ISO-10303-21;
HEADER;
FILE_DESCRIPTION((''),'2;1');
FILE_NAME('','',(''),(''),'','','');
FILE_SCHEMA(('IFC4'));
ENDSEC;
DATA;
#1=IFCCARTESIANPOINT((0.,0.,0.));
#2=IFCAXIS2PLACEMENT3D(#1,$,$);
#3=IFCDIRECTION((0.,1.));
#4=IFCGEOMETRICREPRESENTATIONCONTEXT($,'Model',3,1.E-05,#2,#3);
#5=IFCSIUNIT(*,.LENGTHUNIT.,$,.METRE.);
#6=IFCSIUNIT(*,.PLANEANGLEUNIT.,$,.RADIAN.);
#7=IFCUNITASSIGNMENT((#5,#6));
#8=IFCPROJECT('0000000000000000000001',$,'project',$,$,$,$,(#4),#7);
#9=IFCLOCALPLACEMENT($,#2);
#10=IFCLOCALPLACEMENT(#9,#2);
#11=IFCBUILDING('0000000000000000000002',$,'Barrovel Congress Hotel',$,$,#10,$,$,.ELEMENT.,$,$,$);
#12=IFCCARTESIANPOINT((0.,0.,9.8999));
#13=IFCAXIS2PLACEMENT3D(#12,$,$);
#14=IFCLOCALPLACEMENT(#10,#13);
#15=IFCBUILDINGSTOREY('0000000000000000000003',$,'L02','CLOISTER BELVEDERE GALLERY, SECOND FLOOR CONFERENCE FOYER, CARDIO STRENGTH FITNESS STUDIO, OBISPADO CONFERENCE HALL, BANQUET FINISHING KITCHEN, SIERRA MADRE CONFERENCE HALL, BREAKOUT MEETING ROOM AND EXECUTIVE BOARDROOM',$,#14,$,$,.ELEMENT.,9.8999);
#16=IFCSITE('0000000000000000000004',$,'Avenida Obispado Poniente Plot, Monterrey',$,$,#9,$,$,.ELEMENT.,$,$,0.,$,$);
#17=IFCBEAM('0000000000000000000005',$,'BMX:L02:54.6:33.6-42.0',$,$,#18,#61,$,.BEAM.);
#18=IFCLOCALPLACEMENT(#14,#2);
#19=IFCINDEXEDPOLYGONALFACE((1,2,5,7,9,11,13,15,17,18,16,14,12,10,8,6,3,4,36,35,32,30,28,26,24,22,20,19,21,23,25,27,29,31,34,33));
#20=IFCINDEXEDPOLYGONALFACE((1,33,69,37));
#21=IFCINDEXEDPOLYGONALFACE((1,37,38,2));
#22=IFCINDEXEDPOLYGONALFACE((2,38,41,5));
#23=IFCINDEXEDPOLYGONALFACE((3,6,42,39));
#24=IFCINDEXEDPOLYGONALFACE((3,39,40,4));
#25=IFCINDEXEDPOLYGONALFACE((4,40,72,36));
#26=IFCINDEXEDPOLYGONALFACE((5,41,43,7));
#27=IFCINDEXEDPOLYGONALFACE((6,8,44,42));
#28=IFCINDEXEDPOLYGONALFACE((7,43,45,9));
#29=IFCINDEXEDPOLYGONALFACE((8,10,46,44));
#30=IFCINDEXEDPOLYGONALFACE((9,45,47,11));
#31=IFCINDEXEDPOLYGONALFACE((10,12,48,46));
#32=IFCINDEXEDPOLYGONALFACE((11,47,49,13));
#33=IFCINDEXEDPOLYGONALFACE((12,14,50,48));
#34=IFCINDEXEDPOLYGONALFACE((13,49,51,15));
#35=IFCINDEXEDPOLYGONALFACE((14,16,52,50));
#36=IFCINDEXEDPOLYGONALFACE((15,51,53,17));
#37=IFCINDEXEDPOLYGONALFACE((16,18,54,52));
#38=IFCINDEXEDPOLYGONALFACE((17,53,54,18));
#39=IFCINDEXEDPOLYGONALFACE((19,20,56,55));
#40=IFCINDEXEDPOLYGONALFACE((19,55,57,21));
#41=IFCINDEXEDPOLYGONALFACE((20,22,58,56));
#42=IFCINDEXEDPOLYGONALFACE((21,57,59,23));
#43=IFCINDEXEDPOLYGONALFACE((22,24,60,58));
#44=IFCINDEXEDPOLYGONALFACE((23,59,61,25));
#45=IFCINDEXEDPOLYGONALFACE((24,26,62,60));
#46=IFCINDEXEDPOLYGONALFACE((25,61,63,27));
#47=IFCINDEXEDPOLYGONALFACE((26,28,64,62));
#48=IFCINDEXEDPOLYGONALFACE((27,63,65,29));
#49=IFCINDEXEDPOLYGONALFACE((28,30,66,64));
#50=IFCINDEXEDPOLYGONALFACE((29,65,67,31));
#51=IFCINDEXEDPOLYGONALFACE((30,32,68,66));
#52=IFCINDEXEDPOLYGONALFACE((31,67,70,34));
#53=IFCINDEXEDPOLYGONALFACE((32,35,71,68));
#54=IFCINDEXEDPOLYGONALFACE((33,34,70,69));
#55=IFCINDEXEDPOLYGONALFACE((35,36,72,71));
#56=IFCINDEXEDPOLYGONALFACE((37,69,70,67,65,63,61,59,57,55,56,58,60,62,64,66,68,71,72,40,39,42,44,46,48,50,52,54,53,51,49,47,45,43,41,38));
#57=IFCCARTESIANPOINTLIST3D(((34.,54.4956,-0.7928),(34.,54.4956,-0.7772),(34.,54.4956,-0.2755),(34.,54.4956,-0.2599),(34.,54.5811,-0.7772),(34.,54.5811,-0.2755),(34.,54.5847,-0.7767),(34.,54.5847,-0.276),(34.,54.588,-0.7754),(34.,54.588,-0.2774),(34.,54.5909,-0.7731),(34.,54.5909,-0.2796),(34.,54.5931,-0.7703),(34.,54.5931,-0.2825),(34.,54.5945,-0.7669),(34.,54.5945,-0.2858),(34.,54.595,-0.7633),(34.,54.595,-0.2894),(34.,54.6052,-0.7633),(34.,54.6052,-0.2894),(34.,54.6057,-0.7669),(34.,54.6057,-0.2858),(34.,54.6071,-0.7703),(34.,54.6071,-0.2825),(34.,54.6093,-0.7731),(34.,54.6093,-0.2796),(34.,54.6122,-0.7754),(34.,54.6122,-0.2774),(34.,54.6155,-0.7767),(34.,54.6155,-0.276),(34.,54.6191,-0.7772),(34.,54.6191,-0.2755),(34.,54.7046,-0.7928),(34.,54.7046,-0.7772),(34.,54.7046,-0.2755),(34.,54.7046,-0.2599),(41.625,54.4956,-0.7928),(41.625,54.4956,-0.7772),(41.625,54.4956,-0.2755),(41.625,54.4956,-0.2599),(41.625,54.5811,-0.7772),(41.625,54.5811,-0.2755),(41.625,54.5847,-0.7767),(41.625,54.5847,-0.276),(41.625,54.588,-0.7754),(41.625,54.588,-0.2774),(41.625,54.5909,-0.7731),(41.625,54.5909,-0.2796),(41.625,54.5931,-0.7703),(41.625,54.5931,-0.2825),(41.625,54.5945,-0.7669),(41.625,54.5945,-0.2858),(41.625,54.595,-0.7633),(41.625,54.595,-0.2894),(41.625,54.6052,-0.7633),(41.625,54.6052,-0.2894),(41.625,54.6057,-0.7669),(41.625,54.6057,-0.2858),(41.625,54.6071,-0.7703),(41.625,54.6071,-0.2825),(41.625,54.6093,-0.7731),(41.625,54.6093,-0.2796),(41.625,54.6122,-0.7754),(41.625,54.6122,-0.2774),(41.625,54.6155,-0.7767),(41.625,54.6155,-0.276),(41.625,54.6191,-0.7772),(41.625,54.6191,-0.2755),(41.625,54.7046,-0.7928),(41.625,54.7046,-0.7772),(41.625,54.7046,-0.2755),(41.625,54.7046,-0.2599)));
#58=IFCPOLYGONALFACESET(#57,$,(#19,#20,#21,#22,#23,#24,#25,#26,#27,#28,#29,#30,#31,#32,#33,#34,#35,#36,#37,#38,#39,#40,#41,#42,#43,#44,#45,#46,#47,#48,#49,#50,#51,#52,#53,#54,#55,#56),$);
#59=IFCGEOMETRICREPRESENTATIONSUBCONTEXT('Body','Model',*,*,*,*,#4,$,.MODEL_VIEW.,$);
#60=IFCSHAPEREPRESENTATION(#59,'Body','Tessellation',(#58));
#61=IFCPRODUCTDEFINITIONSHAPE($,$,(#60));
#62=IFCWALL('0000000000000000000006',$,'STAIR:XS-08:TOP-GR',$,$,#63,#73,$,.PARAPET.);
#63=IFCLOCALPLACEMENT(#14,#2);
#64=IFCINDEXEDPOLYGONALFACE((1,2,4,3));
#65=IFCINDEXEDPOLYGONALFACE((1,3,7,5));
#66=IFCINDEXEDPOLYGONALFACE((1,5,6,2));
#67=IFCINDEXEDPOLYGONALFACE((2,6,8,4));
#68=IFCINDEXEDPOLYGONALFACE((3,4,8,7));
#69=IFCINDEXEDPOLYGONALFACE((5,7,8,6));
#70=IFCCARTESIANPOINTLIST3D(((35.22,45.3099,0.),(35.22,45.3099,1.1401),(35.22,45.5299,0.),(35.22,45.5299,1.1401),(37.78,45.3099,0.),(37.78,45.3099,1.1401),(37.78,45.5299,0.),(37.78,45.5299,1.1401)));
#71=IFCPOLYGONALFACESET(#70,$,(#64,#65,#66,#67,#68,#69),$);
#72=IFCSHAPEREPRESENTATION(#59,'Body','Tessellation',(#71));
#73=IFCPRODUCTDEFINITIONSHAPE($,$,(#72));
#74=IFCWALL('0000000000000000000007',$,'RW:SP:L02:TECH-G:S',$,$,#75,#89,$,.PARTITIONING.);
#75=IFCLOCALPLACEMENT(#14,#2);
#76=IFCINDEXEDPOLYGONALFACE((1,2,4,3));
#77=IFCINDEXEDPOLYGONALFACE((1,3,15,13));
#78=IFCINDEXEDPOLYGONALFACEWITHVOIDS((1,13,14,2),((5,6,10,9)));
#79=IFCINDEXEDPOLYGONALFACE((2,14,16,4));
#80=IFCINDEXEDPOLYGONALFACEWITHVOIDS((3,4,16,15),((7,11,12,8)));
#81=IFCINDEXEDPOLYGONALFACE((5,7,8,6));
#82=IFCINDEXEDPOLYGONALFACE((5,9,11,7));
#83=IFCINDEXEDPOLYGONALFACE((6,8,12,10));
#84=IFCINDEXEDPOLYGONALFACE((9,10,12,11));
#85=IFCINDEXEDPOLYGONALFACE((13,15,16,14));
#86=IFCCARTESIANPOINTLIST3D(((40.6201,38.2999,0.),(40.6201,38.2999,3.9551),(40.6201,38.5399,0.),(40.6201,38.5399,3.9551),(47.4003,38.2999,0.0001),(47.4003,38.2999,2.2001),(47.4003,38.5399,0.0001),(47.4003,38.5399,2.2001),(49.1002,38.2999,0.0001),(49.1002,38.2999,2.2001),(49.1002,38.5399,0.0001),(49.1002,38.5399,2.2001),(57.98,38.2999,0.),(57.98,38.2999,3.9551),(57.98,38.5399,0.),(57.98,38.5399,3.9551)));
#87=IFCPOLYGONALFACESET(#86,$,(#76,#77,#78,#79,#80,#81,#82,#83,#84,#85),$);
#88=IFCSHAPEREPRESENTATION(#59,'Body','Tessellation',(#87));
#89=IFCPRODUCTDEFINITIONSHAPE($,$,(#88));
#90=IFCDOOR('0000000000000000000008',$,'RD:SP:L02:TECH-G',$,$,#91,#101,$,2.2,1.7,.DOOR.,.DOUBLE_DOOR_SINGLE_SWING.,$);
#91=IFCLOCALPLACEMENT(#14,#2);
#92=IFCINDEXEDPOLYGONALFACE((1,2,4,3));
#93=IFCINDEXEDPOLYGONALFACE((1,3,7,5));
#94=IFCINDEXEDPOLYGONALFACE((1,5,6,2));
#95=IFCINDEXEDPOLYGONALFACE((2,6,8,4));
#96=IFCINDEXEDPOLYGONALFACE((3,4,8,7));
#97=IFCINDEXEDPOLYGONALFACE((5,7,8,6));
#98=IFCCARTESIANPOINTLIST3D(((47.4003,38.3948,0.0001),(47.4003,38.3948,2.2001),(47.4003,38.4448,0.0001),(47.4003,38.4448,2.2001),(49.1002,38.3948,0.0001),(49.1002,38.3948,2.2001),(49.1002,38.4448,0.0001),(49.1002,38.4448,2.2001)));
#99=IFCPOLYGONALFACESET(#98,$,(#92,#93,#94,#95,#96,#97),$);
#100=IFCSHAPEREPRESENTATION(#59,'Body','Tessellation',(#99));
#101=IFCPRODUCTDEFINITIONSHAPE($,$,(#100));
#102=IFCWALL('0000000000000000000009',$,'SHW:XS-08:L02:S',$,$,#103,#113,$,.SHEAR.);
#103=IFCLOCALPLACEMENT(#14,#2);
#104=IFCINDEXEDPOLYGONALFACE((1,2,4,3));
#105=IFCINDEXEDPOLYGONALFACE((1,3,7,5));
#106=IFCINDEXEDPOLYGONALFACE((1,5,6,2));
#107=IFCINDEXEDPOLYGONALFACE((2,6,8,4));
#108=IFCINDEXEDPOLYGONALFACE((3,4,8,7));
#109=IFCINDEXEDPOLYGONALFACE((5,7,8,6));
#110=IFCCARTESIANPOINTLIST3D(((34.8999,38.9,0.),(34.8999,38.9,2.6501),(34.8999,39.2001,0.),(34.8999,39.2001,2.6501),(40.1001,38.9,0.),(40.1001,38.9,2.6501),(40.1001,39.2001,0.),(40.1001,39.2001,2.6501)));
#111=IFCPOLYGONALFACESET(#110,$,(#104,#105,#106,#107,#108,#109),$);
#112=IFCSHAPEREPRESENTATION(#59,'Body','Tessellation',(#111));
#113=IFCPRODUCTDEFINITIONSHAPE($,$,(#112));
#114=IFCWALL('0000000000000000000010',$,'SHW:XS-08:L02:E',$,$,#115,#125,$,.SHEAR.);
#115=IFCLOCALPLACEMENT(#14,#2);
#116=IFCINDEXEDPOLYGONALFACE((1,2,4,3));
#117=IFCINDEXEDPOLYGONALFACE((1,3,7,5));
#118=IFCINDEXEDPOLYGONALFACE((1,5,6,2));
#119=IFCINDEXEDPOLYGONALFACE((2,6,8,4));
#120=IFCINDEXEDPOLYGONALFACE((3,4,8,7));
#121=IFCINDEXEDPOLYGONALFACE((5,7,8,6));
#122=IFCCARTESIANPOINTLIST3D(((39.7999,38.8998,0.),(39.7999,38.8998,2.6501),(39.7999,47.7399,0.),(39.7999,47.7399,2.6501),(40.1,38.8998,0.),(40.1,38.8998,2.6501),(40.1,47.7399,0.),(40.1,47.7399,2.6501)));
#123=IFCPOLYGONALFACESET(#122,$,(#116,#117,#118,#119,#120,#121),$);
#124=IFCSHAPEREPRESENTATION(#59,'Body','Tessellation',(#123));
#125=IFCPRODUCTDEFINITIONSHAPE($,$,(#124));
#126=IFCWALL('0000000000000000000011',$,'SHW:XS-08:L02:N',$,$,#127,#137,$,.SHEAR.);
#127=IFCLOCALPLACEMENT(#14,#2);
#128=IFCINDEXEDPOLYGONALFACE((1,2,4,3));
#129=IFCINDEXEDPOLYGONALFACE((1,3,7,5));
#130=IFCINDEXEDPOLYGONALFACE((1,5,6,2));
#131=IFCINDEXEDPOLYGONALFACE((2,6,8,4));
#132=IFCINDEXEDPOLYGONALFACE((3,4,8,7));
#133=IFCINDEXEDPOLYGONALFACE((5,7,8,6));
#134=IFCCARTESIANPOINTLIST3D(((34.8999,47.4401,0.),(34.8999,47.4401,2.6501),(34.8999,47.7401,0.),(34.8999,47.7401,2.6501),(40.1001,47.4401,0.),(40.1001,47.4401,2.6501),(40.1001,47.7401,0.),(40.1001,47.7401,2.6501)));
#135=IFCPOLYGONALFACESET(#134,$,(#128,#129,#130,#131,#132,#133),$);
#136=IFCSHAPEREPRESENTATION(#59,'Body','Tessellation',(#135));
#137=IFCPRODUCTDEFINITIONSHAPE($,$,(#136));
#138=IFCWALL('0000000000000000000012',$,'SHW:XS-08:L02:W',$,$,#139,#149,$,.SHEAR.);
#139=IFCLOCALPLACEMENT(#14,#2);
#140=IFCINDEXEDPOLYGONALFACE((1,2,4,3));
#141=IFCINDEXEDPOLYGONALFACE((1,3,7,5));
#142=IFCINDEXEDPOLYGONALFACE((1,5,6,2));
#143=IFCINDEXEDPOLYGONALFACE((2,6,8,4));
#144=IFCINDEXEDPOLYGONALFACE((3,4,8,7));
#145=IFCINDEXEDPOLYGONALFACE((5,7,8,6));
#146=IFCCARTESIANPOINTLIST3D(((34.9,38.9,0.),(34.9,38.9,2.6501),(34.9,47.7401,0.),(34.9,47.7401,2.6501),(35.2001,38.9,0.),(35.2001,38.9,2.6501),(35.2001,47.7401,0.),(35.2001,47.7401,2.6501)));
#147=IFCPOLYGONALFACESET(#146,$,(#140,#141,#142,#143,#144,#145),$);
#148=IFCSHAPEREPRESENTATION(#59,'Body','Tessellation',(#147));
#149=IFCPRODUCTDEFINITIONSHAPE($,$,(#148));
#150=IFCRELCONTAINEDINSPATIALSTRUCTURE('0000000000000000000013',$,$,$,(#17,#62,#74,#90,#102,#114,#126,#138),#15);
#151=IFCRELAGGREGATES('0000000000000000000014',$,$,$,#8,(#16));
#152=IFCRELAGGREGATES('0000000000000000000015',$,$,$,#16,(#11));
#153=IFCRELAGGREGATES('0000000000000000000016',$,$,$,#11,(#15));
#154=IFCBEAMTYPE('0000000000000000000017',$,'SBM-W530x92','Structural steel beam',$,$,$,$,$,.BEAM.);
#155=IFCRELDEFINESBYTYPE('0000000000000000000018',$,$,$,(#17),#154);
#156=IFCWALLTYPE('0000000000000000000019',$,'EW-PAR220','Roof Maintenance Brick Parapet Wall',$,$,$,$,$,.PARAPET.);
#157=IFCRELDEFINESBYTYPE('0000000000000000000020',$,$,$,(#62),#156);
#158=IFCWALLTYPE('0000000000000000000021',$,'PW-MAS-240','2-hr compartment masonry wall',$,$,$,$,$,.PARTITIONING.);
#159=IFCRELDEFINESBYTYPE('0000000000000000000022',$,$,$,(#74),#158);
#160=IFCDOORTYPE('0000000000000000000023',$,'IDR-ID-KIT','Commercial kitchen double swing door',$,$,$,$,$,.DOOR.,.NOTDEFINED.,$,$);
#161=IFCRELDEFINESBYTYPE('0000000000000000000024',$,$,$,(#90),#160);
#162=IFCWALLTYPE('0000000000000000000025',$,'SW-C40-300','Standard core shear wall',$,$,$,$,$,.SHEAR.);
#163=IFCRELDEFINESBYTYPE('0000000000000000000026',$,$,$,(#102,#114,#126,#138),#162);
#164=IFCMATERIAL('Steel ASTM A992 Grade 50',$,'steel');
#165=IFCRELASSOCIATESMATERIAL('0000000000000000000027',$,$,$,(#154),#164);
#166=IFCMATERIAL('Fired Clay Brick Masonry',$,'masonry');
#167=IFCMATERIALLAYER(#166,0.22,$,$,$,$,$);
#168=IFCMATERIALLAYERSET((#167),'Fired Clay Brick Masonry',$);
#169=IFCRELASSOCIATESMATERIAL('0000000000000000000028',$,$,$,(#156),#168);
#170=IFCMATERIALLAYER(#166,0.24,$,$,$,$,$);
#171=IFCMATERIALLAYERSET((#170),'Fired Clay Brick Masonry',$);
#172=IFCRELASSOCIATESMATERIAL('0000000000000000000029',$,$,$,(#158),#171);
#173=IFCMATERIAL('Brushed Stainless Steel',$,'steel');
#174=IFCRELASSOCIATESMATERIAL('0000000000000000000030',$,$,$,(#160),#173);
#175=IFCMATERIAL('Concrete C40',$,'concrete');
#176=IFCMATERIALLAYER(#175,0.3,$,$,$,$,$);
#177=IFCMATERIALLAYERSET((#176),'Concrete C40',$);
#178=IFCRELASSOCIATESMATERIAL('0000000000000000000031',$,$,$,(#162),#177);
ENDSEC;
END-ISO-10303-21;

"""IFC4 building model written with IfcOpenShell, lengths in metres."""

from ifc_helpers import new_model, si_unit, direction, frame, frame_2d, origin, origin_2d, place, context, subcontext, project, spatial, rectangle, i_section, extrude, material, layer, layer_set, material_profile, profile_set, type_object, element, fill, save


model = new_model("IFC4")

# Units and contexts
model_context = context("Model", 3, precision=1e-05, world=origin(), true_north=direction((0.0, 1.0)))
body_context = subcontext(model_context, "Body", "Model", "MODEL_VIEW")
ifc_project = project(units=[si_unit("LENGTHUNIT", "METRE"), si_unit("PLANEANGLEUNIT", "RADIAN")], contexts=[model_context])

# Site, building, storey
site_placement = place(None, origin())
site = spatial("IfcSite", under=ifc_project, at=site_placement, Name="Avenida Obispado Poniente Plot, Monterrey", CompositionType="ELEMENT", RefElevation=0.0)
building_placement = place(site_placement, origin())
building = spatial("IfcBuilding", under=site, at=building_placement, Name="Barrovel Congress Hotel", CompositionType="ELEMENT")
storey_placement = place(building_placement, frame((0.0, 0.0, 9.8999)))
storey = spatial("IfcBuildingStorey", under=building, at=storey_placement, Name="L02", Description="CLOISTER BELVEDERE GALLERY, SECOND FLOOR CONFERENCE FOYER, CARDIO STRENGTH FITNESS STUDIO, OBISPADO CONFERENCE HALL, BANQUET FINISHING KITCHEN, SIERRA MADRE CONFERENCE HALL, BREAKOUT MEETING ROOM AND EXECUTIVE BOARDROOM", CompositionType="ELEMENT", Elevation=9.8999)

# Shared definitions
ifc_material_1 = material(Name="Concrete C40", Category="concrete")

# Beam
ifc_material_2 = material(Name="Steel ASTM A992 Grade 50", Category="steel")
ifc_material_profile_1 = material_profile(ifc_material_2, i_section(OverallWidth=0.209, OverallDepth=0.533, WebThickness=0.0103, FlangeThickness=0.0156, FilletRadius=0.0139, at=origin_2d()), Name="W530x92")
ifc_profile_set_1 = profile_set([ifc_material_profile_1], Name="Steel ASTM A992 Grade 50")
beam_type_1 = type_object("IfcBeamType", Name="SBM-W530x92", Description="Structural steel beam", PredefinedType="BEAM", material=ifc_profile_set_1)
beam_1_placement = place(storey_placement, frame((34.0, 54.6001, -0.5264), z_axis=(1.0, 0.0, 0.0), x_axis=(0.0, 1.0, 0.0)))
element("IfcBeam", 1, at=beam_1_placement, inside=storey, type_object=beam_type_1, Name="BMX:L02:54.6:33.6-42.0", PredefinedType="BEAM", context=body_context, shape_type="SweptSolid", body=[
    extrude(i_section(OverallWidth=0.209, OverallDepth=0.533, WebThickness=0.0103, FlangeThickness=0.0156, FilletRadius=0.0139, at=origin_2d()), origin(), (0.0, 0.0, 1.0), 7.625),
])

# Wall
ifc_material_3 = material(Name="Fired Clay Brick Masonry", Category="masonry")
ifc_layer_1 = layer(ifc_material_3, 0.22)
ifc_layer_set_1 = layer_set([ifc_layer_1], Name="Fired Clay Brick Masonry")
wall_type_1 = type_object("IfcWallType", Name="EW-PAR220", Description="Roof Maintenance Brick Parapet Wall", PredefinedType="PARAPET", material=ifc_layer_set_1)
wall_1_placement = place(storey_placement, frame((35.22, 45.4199, 0.0), z_axis=(0.0, 0.0, 1.0), x_axis=(1.0, 0.0, 0.0)))
element("IfcWall", 2, at=wall_1_placement, inside=storey, type_object=wall_type_1, Name="STAIR:XS-08:TOP-GR", PredefinedType="PARAPET", context=body_context, shape_type="SweptSolid", body=[
    extrude(rectangle(XDim=2.5601, YDim=0.22, at=frame_2d((1.28, 0.0))), origin(), (0.0, 0.0, 1.0), 1.1401),
])

# Wall, opening, door
ifc_layer_2 = layer(ifc_material_3, 0.24)
ifc_layer_set_2 = layer_set([ifc_layer_2], Name="Fired Clay Brick Masonry")
wall_type_2 = type_object("IfcWallType", Name="PW-MAS-240", Description="2-hr compartment masonry wall", PredefinedType="PARTITIONING", material=ifc_layer_set_2)
wall_2_placement = place(storey_placement, frame((40.6201, 38.4199, 0.0), z_axis=(0.0, 0.0, 1.0), x_axis=(1.0, 0.0, 0.0)))
wall_2 = element("IfcWall", 3, at=wall_2_placement, inside=storey, type_object=wall_type_2, Name="RW:SP:L02:TECH-G:S", PredefinedType="PARTITIONING", context=body_context, shape_type="SweptSolid", body=[
    extrude(rectangle(XDim=17.3599, YDim=0.24, at=frame_2d((8.6799, 0.0))), origin(), (0.0, 0.0, 1.0), 3.9551),
])
opening_placement = place(wall_2_placement, frame((6.78, 0.0, 0.0)))
opening = element("IfcOpeningElement", 4, at=opening_placement, cuts=wall_2, PredefinedType="OPENING", context=body_context, shape_type="SweptSolid", body=[
    extrude(rectangle(XDim=1.7, YDim=2.2, at=frame_2d((0.8501, 1.1001))), frame((0.0, 0.1299, 0.0), z_axis=(0.0, -1.0, 0.0), x_axis=(1.0, 0.0, 0.0)), (0.0, 0.0, 1.0), 0.26),
])
ifc_material_4 = material(Name="Brushed Stainless Steel", Category="steel")
door_type = type_object("IfcDoorType", Name="IDR-ID-KIT", Description="Commercial kitchen double swing door", OperationType="NOTDEFINED", PredefinedType="DOOR", material=ifc_material_4)
door_placement = place(opening_placement, origin())
door = element("IfcDoor", 5, at=door_placement, inside=storey, type_object=door_type, Name="RD:SP:L02:TECH-G", OperationType="DOUBLE_DOOR_SINGLE_SWING", OverallHeight=2.2, OverallWidth=1.7, PredefinedType="DOOR", context=body_context, shape_type="SweptSolid", body=[
    extrude(rectangle(XDim=1.7, YDim=2.2, at=frame_2d((0.8501, 1.1001))), frame((0.0, 0.0249, 0.0), z_axis=(0.0, -1.0, 0.0), x_axis=(1.0, 0.0, 0.0)), (0.0, 0.0, 1.0), 0.05),
])
fill(opening, door)

# Walls
ifc_layer_3 = layer(ifc_material_1, 0.3)
ifc_layer_set_3 = layer_set([ifc_layer_3], Name="Concrete C40")
wall_type_3 = type_object("IfcWallType", Name="SW-C40-300", Description="Standard core shear wall", PredefinedType="SHEAR", material=ifc_layer_set_3)
wall_3_placement = place(storey_placement, frame((34.8999, 39.05, 0.0), z_axis=(0.0, 0.0, 1.0), x_axis=(1.0, 0.0, 0.0)))
element("IfcWall", 6, at=wall_3_placement, inside=storey, type_object=wall_type_3, Name="SHW:XS-08:L02:S", PredefinedType="SHEAR", context=body_context, shape_type="SweptSolid", body=[
    extrude(rectangle(XDim=5.2002, YDim=0.3, at=frame_2d((2.6001, 0.0))), origin(), (0.0, 0.0, 1.0), 2.6501),
])
wall_4_placement = place(storey_placement, frame((39.95, 38.8999, 0.0), z_axis=(0.0, 0.0, 1.0), x_axis=(0.0, 1.0, 0.0)))
element("IfcWall", 7, at=wall_4_placement, inside=storey, type_object=wall_type_3, Name="SHW:XS-08:L02:E", PredefinedType="SHEAR", context=body_context, shape_type="SweptSolid", body=[
    extrude(rectangle(XDim=8.8401, YDim=0.3, at=frame_2d((4.4199, 0.0))), origin(), (0.0, 0.0, 1.0), 2.6501),
])
wall_5_placement = place(storey_placement, frame((40.1001, 47.5901, 0.0), z_axis=(0.0, 0.0, 1.0), x_axis=(-1.0, 0.0, 0.0)))
element("IfcWall", 8, at=wall_5_placement, inside=storey, type_object=wall_type_3, Name="SHW:XS-08:L02:N", PredefinedType="SHEAR", context=body_context, shape_type="SweptSolid", body=[
    extrude(rectangle(XDim=5.2002, YDim=0.3, at=frame_2d((2.6001, 0.0))), origin(), (0.0, 0.0, 1.0), 2.6501),
])
wall_6_placement = place(storey_placement, frame((35.05, 47.74, 0.0), z_axis=(0.0, 0.0, 1.0), x_axis=(0.0, -1.0, 0.0)))
element("IfcWall", 9, at=wall_6_placement, inside=storey, type_object=wall_type_3, Name="SHW:XS-08:L02:W", PredefinedType="SHEAR", context=body_context, shape_type="SweptSolid", body=[
    extrude(rectangle(XDim=8.8401, YDim=0.3, at=frame_2d((4.4199, 0.0))), origin(), (0.0, 0.0, 1.0), 2.6501),
])

save(model, "model.ifc")
